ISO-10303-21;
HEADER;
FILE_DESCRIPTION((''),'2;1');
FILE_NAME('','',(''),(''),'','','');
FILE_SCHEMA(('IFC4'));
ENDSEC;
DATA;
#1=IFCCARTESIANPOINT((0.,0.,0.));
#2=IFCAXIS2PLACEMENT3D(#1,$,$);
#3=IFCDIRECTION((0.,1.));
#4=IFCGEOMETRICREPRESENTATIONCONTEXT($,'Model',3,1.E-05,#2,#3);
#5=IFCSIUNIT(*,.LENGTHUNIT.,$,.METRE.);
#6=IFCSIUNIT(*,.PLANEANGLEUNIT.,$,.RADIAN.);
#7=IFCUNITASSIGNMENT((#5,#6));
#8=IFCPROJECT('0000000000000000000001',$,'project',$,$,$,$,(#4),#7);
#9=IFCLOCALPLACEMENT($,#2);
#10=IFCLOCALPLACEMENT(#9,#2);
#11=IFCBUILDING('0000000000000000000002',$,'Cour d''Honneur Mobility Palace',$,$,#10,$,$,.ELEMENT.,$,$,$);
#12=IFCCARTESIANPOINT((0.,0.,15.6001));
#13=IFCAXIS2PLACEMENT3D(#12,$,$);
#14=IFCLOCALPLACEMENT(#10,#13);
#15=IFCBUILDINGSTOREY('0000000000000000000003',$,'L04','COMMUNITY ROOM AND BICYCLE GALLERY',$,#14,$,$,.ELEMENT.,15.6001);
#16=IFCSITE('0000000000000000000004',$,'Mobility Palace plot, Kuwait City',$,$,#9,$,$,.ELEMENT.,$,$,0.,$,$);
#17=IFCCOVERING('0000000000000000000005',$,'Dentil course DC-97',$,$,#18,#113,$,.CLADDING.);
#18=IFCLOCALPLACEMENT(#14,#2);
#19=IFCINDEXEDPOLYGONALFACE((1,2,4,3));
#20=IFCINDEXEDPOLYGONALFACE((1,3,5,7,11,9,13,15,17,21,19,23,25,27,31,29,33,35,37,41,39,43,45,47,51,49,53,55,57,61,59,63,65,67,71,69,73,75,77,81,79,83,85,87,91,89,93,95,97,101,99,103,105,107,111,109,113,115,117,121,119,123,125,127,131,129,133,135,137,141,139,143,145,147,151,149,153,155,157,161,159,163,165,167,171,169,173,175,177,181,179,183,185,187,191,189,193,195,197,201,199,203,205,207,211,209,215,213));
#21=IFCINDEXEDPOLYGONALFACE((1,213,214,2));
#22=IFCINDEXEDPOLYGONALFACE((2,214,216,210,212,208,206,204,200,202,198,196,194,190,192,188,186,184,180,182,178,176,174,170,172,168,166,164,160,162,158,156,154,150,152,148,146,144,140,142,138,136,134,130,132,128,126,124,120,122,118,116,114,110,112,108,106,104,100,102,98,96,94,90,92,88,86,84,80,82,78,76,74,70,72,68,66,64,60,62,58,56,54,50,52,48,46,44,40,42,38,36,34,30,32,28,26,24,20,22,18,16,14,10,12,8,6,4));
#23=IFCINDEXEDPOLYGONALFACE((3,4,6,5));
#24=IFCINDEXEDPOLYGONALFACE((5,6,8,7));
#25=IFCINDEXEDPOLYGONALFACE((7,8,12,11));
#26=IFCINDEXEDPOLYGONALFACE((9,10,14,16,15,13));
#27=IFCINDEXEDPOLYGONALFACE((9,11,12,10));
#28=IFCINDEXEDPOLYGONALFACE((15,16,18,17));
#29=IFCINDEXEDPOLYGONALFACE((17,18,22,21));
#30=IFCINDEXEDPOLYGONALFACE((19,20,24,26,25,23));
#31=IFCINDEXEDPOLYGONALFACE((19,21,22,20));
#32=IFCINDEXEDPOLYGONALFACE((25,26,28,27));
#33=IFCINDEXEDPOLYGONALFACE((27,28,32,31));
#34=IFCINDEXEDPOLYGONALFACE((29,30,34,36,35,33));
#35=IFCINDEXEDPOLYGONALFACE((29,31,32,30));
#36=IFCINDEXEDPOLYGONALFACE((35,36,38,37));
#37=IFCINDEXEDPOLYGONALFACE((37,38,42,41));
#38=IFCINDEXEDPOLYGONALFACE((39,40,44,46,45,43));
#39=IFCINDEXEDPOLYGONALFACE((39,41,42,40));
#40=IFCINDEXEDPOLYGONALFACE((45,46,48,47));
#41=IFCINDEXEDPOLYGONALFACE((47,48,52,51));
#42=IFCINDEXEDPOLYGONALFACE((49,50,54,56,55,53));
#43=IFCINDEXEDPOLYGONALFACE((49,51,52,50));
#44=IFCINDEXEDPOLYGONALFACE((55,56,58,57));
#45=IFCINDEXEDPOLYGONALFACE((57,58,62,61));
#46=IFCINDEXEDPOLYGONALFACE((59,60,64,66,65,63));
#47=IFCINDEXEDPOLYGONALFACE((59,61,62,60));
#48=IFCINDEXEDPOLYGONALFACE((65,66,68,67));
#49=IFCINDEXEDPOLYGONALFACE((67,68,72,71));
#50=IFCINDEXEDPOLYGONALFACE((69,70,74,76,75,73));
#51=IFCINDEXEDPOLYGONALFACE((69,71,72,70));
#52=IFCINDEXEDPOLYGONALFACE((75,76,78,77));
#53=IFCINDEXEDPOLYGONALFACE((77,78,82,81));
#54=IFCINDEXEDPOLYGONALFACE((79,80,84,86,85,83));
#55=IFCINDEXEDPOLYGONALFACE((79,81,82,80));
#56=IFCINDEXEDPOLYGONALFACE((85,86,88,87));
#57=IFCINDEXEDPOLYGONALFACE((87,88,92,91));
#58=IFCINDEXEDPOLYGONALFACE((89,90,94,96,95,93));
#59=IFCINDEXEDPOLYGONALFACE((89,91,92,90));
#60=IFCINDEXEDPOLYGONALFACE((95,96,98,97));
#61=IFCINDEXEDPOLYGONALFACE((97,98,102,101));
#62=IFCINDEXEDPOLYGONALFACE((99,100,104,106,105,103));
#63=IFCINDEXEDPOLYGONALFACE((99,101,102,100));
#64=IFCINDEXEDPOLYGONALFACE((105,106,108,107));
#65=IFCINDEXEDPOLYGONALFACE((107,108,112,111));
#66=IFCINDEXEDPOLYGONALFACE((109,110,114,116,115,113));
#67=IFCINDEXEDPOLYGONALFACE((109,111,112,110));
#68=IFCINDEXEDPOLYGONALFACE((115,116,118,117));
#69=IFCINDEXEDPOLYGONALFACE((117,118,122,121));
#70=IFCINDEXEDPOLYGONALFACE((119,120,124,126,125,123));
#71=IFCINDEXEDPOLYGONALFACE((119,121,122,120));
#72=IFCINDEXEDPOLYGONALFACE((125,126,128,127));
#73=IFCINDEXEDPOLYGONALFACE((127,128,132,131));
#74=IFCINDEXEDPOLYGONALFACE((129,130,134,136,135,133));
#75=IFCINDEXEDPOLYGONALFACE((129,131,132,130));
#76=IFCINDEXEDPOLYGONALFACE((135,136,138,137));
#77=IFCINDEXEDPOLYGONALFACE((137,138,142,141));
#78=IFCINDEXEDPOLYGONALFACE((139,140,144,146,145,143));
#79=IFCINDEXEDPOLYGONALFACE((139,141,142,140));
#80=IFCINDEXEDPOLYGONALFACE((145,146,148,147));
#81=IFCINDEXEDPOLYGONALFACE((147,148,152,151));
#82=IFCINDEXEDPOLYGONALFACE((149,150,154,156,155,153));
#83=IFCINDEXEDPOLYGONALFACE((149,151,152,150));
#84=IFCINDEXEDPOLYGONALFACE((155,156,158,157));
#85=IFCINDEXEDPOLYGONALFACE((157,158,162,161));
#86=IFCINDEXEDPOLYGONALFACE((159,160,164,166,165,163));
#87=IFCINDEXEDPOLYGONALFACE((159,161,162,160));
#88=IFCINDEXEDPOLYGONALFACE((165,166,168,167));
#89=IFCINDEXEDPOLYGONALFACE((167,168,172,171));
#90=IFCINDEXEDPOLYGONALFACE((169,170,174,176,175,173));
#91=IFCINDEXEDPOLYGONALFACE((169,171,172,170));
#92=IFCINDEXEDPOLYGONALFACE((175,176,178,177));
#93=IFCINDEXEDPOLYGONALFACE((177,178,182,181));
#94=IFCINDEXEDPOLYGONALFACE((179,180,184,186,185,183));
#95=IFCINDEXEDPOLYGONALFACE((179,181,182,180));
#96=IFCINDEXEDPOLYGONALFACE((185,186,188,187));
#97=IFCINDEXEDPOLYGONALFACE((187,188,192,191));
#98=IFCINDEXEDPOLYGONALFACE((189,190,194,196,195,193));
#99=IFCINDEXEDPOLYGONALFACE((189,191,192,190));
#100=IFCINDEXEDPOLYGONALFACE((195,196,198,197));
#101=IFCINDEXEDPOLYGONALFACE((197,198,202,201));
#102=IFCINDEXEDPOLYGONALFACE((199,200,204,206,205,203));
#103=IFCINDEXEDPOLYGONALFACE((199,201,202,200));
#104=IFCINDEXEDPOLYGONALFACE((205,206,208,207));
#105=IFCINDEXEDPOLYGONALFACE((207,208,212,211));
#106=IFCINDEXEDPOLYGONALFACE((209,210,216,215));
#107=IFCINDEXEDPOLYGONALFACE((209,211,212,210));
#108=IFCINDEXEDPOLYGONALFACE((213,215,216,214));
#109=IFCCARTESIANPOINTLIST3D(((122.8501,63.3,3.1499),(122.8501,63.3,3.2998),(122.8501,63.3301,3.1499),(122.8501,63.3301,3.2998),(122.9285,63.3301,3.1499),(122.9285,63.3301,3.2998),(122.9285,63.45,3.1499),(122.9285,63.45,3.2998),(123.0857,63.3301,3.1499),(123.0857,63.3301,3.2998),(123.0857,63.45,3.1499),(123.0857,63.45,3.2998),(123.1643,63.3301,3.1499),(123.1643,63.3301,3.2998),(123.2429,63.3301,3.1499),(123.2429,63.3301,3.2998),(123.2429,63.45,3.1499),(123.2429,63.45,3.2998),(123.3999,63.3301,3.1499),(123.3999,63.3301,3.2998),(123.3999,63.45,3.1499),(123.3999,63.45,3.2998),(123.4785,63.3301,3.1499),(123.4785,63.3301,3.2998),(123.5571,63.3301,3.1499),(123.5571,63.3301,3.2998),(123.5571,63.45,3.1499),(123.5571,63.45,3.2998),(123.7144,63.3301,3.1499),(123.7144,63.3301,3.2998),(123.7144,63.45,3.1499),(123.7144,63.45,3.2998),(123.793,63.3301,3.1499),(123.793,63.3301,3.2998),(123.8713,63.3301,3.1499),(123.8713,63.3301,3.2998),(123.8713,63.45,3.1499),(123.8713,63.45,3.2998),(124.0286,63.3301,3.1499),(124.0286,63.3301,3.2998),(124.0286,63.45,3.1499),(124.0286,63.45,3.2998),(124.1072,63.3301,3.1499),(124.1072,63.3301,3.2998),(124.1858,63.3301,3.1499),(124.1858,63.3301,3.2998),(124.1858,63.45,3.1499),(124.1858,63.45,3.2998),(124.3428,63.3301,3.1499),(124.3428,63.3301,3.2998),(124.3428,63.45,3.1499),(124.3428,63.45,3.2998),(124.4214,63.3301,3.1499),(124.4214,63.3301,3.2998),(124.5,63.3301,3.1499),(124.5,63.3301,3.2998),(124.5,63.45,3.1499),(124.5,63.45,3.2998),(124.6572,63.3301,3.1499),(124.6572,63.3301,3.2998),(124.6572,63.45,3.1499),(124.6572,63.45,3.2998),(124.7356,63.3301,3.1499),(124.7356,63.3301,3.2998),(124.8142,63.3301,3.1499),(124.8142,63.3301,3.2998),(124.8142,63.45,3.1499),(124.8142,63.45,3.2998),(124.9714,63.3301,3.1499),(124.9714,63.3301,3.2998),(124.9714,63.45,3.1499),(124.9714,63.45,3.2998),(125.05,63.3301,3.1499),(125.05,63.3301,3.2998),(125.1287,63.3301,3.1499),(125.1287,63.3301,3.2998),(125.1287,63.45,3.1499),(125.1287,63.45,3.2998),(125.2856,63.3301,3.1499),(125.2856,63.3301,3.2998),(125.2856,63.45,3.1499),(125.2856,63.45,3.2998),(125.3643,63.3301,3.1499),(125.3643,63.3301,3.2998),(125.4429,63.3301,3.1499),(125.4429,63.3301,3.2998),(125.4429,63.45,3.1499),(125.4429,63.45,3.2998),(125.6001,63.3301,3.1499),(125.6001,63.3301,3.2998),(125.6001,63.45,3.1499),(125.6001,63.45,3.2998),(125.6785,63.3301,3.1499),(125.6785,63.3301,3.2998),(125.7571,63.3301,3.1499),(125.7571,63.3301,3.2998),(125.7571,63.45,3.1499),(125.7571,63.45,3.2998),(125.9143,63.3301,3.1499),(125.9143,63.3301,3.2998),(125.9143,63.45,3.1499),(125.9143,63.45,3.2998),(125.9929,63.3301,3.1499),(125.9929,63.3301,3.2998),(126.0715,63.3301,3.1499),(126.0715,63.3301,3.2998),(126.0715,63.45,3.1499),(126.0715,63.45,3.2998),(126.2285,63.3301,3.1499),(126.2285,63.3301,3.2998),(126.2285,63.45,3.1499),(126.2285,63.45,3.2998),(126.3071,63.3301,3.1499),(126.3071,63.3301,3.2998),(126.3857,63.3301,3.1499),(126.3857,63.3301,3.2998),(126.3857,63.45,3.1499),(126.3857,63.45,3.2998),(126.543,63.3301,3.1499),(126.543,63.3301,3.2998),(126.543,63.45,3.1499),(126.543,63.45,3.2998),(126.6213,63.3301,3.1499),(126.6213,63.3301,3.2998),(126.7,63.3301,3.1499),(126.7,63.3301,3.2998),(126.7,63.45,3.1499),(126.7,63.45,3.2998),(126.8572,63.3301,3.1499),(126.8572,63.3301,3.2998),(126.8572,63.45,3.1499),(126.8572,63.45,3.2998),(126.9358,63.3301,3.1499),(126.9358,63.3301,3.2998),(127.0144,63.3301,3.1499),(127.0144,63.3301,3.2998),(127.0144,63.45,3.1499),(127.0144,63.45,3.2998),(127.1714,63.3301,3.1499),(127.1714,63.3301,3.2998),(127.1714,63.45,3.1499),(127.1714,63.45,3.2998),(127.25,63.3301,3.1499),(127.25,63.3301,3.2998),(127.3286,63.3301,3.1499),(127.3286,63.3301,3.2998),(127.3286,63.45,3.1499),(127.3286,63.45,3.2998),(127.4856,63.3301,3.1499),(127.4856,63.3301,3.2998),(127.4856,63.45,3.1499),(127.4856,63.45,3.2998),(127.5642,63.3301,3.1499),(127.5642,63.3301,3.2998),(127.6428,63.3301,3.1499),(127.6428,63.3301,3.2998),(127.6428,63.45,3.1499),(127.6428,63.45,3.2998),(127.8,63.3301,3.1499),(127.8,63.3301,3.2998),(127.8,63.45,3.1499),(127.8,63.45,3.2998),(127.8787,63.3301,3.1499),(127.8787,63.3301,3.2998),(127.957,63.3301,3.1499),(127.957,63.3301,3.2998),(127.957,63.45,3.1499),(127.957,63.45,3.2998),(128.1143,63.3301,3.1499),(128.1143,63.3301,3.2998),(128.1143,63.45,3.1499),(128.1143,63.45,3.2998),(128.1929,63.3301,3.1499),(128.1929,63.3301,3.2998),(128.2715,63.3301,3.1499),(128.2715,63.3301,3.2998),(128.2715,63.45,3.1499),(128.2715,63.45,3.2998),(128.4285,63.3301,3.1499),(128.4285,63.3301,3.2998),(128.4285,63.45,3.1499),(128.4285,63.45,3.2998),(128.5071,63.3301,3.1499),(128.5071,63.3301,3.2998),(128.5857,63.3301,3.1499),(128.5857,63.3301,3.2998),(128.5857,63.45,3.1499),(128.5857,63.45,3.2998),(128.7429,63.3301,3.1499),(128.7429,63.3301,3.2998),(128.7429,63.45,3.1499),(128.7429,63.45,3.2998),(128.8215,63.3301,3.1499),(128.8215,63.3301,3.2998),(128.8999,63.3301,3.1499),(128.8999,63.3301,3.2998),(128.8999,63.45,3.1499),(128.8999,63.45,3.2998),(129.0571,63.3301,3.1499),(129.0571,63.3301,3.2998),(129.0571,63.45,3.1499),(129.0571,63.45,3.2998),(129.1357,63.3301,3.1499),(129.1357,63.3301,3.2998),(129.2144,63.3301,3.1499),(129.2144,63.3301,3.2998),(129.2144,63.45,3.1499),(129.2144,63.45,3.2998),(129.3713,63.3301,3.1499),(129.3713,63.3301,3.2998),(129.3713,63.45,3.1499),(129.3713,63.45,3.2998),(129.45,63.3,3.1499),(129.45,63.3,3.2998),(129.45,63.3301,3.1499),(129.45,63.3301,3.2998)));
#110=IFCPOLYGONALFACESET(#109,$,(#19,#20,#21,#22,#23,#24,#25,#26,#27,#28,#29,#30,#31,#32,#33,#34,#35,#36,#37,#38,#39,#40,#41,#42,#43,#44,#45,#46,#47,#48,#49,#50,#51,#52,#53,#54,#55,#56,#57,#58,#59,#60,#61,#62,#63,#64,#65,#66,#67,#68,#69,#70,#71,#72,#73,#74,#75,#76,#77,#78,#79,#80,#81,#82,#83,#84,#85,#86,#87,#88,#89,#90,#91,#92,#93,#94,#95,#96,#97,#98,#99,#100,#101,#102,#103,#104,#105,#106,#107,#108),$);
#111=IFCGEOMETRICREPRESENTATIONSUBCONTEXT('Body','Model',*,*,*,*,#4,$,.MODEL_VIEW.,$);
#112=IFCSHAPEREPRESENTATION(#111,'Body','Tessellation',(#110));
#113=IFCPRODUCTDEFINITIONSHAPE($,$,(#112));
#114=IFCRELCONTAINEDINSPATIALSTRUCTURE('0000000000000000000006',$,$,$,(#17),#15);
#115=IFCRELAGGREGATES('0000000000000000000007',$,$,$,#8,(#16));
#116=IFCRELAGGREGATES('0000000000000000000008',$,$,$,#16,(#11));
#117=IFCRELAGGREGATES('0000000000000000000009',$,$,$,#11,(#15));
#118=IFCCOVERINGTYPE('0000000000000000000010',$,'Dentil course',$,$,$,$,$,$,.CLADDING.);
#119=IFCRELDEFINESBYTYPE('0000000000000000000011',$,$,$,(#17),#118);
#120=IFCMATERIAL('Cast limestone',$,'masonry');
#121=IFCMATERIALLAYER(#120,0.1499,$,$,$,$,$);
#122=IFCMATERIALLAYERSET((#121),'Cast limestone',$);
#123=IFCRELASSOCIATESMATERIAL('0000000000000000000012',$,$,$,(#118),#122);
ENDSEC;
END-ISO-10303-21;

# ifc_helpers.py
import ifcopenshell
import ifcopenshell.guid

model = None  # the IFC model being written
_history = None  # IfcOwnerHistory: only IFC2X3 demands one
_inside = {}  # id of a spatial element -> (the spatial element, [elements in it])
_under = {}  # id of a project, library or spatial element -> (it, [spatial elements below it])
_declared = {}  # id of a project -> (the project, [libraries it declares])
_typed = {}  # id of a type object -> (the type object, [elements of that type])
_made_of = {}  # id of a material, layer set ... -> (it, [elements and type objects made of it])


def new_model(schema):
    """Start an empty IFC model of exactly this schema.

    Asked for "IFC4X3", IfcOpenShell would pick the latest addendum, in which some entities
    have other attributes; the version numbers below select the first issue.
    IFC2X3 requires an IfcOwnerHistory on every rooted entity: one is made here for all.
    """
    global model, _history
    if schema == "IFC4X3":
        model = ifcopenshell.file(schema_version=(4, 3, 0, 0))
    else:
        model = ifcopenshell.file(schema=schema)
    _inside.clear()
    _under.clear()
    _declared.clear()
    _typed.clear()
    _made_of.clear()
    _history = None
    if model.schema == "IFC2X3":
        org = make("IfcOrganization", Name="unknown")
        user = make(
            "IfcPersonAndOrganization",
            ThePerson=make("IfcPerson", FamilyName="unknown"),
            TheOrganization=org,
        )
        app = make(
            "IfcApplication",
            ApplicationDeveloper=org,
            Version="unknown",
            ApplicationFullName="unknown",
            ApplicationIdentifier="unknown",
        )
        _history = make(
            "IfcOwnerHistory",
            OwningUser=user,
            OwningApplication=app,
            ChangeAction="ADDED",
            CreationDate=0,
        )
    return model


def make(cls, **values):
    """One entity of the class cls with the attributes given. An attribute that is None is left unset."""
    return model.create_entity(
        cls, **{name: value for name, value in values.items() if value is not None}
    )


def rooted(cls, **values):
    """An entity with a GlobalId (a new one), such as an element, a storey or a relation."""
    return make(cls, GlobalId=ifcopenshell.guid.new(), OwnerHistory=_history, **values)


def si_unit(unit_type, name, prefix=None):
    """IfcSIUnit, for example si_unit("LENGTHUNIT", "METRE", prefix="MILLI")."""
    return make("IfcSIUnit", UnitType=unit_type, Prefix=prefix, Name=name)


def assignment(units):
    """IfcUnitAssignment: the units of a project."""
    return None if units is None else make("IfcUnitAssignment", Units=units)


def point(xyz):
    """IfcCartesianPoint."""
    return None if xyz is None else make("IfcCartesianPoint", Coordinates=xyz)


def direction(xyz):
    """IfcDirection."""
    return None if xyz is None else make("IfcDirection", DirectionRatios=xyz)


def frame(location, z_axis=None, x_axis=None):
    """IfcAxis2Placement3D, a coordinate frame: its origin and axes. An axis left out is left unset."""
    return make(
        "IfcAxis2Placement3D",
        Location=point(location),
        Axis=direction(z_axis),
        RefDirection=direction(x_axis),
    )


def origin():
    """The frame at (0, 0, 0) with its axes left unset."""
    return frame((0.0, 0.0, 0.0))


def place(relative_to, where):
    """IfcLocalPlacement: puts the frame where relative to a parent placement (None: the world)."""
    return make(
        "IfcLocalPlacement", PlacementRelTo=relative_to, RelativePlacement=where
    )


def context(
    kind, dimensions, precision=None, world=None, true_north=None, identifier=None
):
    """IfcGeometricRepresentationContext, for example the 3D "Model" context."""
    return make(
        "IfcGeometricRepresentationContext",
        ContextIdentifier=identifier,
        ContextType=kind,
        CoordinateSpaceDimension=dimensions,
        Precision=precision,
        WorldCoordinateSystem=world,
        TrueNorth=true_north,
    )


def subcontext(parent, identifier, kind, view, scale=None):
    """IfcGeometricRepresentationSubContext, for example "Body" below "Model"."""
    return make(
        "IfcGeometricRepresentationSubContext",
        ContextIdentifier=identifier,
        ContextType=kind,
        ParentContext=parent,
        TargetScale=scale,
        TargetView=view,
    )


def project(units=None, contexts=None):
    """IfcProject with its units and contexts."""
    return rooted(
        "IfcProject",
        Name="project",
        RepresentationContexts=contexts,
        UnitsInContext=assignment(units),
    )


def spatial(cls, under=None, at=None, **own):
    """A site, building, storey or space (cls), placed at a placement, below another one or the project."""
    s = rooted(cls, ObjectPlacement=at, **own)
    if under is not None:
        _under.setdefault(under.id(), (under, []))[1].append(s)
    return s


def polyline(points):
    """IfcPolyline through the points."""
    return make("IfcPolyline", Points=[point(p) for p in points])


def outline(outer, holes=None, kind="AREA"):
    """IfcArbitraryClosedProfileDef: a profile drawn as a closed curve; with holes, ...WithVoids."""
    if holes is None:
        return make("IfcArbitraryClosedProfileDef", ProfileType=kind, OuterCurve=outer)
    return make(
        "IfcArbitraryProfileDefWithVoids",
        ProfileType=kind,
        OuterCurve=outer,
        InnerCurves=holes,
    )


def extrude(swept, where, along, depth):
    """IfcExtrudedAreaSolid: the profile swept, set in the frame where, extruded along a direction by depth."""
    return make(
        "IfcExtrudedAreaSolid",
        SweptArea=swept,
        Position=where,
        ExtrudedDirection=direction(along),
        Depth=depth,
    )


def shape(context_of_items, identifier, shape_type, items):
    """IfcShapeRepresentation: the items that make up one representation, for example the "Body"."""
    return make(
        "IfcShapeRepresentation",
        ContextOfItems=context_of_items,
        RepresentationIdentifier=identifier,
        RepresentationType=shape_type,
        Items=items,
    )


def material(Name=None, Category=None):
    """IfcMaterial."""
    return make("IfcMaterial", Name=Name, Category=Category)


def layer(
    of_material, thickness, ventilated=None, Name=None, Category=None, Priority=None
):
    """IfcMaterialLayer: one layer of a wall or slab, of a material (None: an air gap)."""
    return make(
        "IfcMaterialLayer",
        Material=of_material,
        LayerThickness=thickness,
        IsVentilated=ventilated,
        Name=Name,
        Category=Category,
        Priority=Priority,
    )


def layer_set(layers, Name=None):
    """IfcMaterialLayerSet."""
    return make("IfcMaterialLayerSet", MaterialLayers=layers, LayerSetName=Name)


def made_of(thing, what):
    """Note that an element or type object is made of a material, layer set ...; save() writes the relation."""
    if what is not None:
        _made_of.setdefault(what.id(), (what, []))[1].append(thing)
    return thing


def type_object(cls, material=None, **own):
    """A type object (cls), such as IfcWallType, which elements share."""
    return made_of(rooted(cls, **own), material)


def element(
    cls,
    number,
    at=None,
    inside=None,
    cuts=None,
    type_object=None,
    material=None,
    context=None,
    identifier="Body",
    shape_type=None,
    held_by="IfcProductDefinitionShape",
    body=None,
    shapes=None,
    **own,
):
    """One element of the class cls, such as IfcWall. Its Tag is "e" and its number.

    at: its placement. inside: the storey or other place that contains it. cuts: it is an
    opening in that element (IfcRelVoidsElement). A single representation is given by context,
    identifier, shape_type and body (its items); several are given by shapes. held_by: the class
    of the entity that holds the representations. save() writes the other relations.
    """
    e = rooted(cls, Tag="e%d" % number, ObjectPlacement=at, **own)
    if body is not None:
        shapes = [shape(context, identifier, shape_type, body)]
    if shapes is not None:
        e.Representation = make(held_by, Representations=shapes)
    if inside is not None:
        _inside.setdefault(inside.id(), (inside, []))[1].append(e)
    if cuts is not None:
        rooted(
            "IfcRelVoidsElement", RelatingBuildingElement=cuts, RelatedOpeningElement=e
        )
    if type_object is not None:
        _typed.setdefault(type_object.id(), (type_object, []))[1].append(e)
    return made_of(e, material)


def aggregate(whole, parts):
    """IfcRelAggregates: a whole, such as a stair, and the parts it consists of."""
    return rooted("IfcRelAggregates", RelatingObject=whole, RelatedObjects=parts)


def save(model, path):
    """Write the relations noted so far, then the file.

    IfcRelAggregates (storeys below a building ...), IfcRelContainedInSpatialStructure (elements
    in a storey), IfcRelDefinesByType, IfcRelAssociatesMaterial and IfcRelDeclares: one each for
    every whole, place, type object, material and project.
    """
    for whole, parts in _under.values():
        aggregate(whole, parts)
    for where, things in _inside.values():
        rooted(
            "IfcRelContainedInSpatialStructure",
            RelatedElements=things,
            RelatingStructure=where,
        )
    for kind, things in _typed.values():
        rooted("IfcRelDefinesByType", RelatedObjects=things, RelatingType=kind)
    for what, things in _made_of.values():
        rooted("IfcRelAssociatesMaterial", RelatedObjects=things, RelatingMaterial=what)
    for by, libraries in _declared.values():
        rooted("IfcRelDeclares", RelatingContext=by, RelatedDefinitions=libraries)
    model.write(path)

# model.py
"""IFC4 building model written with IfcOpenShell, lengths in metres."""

from ifc_helpers import new_model, si_unit, direction, frame, origin, place, context, subcontext, project, spatial, polyline, outline, extrude, material, layer, layer_set, type_object, element, save


model = new_model("IFC4")

# Units and contexts
model_context = context("Model", 3, precision=1e-05, world=origin(), true_north=direction((0.0, 1.0)))
body_context = subcontext(model_context, "Body", "Model", "MODEL_VIEW")
ifc_project = project(units=[si_unit("LENGTHUNIT", "METRE"), si_unit("PLANEANGLEUNIT", "RADIAN")], contexts=[model_context])

# Site, building, storey
site_placement = place(None, origin())
site = spatial("IfcSite", under=ifc_project, at=site_placement, Name="Mobility Palace plot, Kuwait City", CompositionType="ELEMENT", RefElevation=0.0)
building_placement = place(site_placement, origin())
building = spatial("IfcBuilding", under=site, at=building_placement, Name="Cour d'Honneur Mobility Palace", CompositionType="ELEMENT")
storey_placement = place(building_placement, frame((0.0, 0.0, 15.6001)))
storey = spatial("IfcBuildingStorey", under=building, at=storey_placement, Name="L04", Description="COMMUNITY ROOM AND BICYCLE GALLERY", CompositionType="ELEMENT", Elevation=15.6001)

# Covering
ifc_material = material(Name="Cast limestone", Category="masonry")
ifc_layer = layer(ifc_material, 0.1499)
ifc_layer_set = layer_set([ifc_layer], Name="Cast limestone")
covering_type = type_object("IfcCoveringType", Name="Dentil course", PredefinedType="CLADDING", material=ifc_layer_set)
covering_1_placement = place(storey_placement, frame((0.0, 0.0, 3.1499)))
element("IfcCovering", 1, at=covering_1_placement, inside=storey, type_object=covering_type, Name="Dentil course DC-97", PredefinedType="CLADDING", context=body_context, shape_type="SweptSolid", body=[
    extrude(outline(polyline([(129.45, 63.3), (122.8501, 63.3), (122.8501, 63.3301), (122.8501, 63.3301), (122.9285, 63.3301), (122.9285, 63.45), (123.0857, 63.45), (123.0857, 63.3301), (123.1643, 63.3301), (123.1643, 63.3301), (123.2429, 63.3301), (123.2429, 63.45), (123.3999, 63.45), (123.3999, 63.3301), (123.4785, 63.3301), (123.4785, 63.3301), (123.5571, 63.3301), (123.5571, 63.45), (123.7144, 63.45), (123.7144, 63.3301), (123.793, 63.3301), (123.793, 63.3301), (123.8713, 63.3301), (123.8713, 63.45), (124.0286, 63.45), (124.0286, 63.3301), (124.1072, 63.3301), (124.1072, 63.3301), (124.1858, 63.3301), (124.1858, 63.45), (124.3428, 63.45), (124.3428, 63.3301), (124.4214, 63.3301), (124.4214, 63.3301), (124.5, 63.3301), (124.5, 63.45), (124.6572, 63.45), (124.6572, 63.3301), (124.7356, 63.3301), (124.7356, 63.3301), (124.8142, 63.3301), (124.8142, 63.45), (124.9714, 63.45), (124.9714, 63.3301), (125.05, 63.3301), (125.05, 63.3301), (125.1287, 63.3301), (125.1287, 63.45), (125.2856, 63.45), (125.2856, 63.3301), (125.3643, 63.3301), (125.3643, 63.3301), (125.4429, 63.3301), (125.4429, 63.45), (125.6001, 63.45), (125.6001, 63.3301), (125.6785, 63.3301), (125.6785, 63.3301), (125.7571, 63.3301), (125.7571, 63.45), (125.9143, 63.45), (125.9143, 63.3301), (125.9929, 63.3301), (125.9929, 63.3301), (126.0715, 63.3301), (126.0715, 63.45), (126.2285, 63.45), (126.2285, 63.3301), (126.3071, 63.3301), (126.3071, 63.3301), (126.3857, 63.3301), (126.3857, 63.45), (126.543, 63.45), (126.543, 63.3301), (126.6213, 63.3301), (126.6213, 63.3301), (126.7, 63.3301), (126.7, 63.45), (126.8572, 63.45), (126.8572, 63.3301), (126.9358, 63.3301), (126.9358, 63.3301), (127.0144, 63.3301), (127.0144, 63.45), (127.1714, 63.45), (127.1714, 63.3301), (127.25, 63.3301), (127.25, 63.3301), (127.3286, 63.3301), (127.3286, 63.45), (127.4856, 63.45), (127.4856, 63.3301), (127.5642, 63.3301), (127.5642, 63.3301), (127.6428, 63.3301), (127.6428, 63.45), (127.8, 63.45), (127.8, 63.3301), (127.8787, 63.3301), (127.8787, 63.3301), (127.957, 63.3301), (127.957, 63.45), (128.1143, 63.45), (128.1143, 63.3301), (128.1929, 63.3301), (128.1929, 63.3301), (128.2715, 63.3301), (128.2715, 63.45), (128.4285, 63.45), (128.4285, 63.3301), (128.5071, 63.3301), (128.5071, 63.3301), (128.5857, 63.3301), (128.5857, 63.45), (128.7429, 63.45), (128.7429, 63.3301), (128.8215, 63.3301), (128.8215, 63.3301), (128.8999, 63.3301), (128.8999, 63.45), (129.0571, 63.45), (129.0571, 63.3301), (129.1357, 63.3301), (129.1357, 63.3301), (129.2144, 63.3301), (129.2144, 63.45), (129.3713, 63.45), (129.3713, 63.3301), (129.45, 63.3301), (129.45, 63.3)])), origin(), (0.0, 0.0, 1.0), 0.1499),
])

save(model, "model.ifc")
